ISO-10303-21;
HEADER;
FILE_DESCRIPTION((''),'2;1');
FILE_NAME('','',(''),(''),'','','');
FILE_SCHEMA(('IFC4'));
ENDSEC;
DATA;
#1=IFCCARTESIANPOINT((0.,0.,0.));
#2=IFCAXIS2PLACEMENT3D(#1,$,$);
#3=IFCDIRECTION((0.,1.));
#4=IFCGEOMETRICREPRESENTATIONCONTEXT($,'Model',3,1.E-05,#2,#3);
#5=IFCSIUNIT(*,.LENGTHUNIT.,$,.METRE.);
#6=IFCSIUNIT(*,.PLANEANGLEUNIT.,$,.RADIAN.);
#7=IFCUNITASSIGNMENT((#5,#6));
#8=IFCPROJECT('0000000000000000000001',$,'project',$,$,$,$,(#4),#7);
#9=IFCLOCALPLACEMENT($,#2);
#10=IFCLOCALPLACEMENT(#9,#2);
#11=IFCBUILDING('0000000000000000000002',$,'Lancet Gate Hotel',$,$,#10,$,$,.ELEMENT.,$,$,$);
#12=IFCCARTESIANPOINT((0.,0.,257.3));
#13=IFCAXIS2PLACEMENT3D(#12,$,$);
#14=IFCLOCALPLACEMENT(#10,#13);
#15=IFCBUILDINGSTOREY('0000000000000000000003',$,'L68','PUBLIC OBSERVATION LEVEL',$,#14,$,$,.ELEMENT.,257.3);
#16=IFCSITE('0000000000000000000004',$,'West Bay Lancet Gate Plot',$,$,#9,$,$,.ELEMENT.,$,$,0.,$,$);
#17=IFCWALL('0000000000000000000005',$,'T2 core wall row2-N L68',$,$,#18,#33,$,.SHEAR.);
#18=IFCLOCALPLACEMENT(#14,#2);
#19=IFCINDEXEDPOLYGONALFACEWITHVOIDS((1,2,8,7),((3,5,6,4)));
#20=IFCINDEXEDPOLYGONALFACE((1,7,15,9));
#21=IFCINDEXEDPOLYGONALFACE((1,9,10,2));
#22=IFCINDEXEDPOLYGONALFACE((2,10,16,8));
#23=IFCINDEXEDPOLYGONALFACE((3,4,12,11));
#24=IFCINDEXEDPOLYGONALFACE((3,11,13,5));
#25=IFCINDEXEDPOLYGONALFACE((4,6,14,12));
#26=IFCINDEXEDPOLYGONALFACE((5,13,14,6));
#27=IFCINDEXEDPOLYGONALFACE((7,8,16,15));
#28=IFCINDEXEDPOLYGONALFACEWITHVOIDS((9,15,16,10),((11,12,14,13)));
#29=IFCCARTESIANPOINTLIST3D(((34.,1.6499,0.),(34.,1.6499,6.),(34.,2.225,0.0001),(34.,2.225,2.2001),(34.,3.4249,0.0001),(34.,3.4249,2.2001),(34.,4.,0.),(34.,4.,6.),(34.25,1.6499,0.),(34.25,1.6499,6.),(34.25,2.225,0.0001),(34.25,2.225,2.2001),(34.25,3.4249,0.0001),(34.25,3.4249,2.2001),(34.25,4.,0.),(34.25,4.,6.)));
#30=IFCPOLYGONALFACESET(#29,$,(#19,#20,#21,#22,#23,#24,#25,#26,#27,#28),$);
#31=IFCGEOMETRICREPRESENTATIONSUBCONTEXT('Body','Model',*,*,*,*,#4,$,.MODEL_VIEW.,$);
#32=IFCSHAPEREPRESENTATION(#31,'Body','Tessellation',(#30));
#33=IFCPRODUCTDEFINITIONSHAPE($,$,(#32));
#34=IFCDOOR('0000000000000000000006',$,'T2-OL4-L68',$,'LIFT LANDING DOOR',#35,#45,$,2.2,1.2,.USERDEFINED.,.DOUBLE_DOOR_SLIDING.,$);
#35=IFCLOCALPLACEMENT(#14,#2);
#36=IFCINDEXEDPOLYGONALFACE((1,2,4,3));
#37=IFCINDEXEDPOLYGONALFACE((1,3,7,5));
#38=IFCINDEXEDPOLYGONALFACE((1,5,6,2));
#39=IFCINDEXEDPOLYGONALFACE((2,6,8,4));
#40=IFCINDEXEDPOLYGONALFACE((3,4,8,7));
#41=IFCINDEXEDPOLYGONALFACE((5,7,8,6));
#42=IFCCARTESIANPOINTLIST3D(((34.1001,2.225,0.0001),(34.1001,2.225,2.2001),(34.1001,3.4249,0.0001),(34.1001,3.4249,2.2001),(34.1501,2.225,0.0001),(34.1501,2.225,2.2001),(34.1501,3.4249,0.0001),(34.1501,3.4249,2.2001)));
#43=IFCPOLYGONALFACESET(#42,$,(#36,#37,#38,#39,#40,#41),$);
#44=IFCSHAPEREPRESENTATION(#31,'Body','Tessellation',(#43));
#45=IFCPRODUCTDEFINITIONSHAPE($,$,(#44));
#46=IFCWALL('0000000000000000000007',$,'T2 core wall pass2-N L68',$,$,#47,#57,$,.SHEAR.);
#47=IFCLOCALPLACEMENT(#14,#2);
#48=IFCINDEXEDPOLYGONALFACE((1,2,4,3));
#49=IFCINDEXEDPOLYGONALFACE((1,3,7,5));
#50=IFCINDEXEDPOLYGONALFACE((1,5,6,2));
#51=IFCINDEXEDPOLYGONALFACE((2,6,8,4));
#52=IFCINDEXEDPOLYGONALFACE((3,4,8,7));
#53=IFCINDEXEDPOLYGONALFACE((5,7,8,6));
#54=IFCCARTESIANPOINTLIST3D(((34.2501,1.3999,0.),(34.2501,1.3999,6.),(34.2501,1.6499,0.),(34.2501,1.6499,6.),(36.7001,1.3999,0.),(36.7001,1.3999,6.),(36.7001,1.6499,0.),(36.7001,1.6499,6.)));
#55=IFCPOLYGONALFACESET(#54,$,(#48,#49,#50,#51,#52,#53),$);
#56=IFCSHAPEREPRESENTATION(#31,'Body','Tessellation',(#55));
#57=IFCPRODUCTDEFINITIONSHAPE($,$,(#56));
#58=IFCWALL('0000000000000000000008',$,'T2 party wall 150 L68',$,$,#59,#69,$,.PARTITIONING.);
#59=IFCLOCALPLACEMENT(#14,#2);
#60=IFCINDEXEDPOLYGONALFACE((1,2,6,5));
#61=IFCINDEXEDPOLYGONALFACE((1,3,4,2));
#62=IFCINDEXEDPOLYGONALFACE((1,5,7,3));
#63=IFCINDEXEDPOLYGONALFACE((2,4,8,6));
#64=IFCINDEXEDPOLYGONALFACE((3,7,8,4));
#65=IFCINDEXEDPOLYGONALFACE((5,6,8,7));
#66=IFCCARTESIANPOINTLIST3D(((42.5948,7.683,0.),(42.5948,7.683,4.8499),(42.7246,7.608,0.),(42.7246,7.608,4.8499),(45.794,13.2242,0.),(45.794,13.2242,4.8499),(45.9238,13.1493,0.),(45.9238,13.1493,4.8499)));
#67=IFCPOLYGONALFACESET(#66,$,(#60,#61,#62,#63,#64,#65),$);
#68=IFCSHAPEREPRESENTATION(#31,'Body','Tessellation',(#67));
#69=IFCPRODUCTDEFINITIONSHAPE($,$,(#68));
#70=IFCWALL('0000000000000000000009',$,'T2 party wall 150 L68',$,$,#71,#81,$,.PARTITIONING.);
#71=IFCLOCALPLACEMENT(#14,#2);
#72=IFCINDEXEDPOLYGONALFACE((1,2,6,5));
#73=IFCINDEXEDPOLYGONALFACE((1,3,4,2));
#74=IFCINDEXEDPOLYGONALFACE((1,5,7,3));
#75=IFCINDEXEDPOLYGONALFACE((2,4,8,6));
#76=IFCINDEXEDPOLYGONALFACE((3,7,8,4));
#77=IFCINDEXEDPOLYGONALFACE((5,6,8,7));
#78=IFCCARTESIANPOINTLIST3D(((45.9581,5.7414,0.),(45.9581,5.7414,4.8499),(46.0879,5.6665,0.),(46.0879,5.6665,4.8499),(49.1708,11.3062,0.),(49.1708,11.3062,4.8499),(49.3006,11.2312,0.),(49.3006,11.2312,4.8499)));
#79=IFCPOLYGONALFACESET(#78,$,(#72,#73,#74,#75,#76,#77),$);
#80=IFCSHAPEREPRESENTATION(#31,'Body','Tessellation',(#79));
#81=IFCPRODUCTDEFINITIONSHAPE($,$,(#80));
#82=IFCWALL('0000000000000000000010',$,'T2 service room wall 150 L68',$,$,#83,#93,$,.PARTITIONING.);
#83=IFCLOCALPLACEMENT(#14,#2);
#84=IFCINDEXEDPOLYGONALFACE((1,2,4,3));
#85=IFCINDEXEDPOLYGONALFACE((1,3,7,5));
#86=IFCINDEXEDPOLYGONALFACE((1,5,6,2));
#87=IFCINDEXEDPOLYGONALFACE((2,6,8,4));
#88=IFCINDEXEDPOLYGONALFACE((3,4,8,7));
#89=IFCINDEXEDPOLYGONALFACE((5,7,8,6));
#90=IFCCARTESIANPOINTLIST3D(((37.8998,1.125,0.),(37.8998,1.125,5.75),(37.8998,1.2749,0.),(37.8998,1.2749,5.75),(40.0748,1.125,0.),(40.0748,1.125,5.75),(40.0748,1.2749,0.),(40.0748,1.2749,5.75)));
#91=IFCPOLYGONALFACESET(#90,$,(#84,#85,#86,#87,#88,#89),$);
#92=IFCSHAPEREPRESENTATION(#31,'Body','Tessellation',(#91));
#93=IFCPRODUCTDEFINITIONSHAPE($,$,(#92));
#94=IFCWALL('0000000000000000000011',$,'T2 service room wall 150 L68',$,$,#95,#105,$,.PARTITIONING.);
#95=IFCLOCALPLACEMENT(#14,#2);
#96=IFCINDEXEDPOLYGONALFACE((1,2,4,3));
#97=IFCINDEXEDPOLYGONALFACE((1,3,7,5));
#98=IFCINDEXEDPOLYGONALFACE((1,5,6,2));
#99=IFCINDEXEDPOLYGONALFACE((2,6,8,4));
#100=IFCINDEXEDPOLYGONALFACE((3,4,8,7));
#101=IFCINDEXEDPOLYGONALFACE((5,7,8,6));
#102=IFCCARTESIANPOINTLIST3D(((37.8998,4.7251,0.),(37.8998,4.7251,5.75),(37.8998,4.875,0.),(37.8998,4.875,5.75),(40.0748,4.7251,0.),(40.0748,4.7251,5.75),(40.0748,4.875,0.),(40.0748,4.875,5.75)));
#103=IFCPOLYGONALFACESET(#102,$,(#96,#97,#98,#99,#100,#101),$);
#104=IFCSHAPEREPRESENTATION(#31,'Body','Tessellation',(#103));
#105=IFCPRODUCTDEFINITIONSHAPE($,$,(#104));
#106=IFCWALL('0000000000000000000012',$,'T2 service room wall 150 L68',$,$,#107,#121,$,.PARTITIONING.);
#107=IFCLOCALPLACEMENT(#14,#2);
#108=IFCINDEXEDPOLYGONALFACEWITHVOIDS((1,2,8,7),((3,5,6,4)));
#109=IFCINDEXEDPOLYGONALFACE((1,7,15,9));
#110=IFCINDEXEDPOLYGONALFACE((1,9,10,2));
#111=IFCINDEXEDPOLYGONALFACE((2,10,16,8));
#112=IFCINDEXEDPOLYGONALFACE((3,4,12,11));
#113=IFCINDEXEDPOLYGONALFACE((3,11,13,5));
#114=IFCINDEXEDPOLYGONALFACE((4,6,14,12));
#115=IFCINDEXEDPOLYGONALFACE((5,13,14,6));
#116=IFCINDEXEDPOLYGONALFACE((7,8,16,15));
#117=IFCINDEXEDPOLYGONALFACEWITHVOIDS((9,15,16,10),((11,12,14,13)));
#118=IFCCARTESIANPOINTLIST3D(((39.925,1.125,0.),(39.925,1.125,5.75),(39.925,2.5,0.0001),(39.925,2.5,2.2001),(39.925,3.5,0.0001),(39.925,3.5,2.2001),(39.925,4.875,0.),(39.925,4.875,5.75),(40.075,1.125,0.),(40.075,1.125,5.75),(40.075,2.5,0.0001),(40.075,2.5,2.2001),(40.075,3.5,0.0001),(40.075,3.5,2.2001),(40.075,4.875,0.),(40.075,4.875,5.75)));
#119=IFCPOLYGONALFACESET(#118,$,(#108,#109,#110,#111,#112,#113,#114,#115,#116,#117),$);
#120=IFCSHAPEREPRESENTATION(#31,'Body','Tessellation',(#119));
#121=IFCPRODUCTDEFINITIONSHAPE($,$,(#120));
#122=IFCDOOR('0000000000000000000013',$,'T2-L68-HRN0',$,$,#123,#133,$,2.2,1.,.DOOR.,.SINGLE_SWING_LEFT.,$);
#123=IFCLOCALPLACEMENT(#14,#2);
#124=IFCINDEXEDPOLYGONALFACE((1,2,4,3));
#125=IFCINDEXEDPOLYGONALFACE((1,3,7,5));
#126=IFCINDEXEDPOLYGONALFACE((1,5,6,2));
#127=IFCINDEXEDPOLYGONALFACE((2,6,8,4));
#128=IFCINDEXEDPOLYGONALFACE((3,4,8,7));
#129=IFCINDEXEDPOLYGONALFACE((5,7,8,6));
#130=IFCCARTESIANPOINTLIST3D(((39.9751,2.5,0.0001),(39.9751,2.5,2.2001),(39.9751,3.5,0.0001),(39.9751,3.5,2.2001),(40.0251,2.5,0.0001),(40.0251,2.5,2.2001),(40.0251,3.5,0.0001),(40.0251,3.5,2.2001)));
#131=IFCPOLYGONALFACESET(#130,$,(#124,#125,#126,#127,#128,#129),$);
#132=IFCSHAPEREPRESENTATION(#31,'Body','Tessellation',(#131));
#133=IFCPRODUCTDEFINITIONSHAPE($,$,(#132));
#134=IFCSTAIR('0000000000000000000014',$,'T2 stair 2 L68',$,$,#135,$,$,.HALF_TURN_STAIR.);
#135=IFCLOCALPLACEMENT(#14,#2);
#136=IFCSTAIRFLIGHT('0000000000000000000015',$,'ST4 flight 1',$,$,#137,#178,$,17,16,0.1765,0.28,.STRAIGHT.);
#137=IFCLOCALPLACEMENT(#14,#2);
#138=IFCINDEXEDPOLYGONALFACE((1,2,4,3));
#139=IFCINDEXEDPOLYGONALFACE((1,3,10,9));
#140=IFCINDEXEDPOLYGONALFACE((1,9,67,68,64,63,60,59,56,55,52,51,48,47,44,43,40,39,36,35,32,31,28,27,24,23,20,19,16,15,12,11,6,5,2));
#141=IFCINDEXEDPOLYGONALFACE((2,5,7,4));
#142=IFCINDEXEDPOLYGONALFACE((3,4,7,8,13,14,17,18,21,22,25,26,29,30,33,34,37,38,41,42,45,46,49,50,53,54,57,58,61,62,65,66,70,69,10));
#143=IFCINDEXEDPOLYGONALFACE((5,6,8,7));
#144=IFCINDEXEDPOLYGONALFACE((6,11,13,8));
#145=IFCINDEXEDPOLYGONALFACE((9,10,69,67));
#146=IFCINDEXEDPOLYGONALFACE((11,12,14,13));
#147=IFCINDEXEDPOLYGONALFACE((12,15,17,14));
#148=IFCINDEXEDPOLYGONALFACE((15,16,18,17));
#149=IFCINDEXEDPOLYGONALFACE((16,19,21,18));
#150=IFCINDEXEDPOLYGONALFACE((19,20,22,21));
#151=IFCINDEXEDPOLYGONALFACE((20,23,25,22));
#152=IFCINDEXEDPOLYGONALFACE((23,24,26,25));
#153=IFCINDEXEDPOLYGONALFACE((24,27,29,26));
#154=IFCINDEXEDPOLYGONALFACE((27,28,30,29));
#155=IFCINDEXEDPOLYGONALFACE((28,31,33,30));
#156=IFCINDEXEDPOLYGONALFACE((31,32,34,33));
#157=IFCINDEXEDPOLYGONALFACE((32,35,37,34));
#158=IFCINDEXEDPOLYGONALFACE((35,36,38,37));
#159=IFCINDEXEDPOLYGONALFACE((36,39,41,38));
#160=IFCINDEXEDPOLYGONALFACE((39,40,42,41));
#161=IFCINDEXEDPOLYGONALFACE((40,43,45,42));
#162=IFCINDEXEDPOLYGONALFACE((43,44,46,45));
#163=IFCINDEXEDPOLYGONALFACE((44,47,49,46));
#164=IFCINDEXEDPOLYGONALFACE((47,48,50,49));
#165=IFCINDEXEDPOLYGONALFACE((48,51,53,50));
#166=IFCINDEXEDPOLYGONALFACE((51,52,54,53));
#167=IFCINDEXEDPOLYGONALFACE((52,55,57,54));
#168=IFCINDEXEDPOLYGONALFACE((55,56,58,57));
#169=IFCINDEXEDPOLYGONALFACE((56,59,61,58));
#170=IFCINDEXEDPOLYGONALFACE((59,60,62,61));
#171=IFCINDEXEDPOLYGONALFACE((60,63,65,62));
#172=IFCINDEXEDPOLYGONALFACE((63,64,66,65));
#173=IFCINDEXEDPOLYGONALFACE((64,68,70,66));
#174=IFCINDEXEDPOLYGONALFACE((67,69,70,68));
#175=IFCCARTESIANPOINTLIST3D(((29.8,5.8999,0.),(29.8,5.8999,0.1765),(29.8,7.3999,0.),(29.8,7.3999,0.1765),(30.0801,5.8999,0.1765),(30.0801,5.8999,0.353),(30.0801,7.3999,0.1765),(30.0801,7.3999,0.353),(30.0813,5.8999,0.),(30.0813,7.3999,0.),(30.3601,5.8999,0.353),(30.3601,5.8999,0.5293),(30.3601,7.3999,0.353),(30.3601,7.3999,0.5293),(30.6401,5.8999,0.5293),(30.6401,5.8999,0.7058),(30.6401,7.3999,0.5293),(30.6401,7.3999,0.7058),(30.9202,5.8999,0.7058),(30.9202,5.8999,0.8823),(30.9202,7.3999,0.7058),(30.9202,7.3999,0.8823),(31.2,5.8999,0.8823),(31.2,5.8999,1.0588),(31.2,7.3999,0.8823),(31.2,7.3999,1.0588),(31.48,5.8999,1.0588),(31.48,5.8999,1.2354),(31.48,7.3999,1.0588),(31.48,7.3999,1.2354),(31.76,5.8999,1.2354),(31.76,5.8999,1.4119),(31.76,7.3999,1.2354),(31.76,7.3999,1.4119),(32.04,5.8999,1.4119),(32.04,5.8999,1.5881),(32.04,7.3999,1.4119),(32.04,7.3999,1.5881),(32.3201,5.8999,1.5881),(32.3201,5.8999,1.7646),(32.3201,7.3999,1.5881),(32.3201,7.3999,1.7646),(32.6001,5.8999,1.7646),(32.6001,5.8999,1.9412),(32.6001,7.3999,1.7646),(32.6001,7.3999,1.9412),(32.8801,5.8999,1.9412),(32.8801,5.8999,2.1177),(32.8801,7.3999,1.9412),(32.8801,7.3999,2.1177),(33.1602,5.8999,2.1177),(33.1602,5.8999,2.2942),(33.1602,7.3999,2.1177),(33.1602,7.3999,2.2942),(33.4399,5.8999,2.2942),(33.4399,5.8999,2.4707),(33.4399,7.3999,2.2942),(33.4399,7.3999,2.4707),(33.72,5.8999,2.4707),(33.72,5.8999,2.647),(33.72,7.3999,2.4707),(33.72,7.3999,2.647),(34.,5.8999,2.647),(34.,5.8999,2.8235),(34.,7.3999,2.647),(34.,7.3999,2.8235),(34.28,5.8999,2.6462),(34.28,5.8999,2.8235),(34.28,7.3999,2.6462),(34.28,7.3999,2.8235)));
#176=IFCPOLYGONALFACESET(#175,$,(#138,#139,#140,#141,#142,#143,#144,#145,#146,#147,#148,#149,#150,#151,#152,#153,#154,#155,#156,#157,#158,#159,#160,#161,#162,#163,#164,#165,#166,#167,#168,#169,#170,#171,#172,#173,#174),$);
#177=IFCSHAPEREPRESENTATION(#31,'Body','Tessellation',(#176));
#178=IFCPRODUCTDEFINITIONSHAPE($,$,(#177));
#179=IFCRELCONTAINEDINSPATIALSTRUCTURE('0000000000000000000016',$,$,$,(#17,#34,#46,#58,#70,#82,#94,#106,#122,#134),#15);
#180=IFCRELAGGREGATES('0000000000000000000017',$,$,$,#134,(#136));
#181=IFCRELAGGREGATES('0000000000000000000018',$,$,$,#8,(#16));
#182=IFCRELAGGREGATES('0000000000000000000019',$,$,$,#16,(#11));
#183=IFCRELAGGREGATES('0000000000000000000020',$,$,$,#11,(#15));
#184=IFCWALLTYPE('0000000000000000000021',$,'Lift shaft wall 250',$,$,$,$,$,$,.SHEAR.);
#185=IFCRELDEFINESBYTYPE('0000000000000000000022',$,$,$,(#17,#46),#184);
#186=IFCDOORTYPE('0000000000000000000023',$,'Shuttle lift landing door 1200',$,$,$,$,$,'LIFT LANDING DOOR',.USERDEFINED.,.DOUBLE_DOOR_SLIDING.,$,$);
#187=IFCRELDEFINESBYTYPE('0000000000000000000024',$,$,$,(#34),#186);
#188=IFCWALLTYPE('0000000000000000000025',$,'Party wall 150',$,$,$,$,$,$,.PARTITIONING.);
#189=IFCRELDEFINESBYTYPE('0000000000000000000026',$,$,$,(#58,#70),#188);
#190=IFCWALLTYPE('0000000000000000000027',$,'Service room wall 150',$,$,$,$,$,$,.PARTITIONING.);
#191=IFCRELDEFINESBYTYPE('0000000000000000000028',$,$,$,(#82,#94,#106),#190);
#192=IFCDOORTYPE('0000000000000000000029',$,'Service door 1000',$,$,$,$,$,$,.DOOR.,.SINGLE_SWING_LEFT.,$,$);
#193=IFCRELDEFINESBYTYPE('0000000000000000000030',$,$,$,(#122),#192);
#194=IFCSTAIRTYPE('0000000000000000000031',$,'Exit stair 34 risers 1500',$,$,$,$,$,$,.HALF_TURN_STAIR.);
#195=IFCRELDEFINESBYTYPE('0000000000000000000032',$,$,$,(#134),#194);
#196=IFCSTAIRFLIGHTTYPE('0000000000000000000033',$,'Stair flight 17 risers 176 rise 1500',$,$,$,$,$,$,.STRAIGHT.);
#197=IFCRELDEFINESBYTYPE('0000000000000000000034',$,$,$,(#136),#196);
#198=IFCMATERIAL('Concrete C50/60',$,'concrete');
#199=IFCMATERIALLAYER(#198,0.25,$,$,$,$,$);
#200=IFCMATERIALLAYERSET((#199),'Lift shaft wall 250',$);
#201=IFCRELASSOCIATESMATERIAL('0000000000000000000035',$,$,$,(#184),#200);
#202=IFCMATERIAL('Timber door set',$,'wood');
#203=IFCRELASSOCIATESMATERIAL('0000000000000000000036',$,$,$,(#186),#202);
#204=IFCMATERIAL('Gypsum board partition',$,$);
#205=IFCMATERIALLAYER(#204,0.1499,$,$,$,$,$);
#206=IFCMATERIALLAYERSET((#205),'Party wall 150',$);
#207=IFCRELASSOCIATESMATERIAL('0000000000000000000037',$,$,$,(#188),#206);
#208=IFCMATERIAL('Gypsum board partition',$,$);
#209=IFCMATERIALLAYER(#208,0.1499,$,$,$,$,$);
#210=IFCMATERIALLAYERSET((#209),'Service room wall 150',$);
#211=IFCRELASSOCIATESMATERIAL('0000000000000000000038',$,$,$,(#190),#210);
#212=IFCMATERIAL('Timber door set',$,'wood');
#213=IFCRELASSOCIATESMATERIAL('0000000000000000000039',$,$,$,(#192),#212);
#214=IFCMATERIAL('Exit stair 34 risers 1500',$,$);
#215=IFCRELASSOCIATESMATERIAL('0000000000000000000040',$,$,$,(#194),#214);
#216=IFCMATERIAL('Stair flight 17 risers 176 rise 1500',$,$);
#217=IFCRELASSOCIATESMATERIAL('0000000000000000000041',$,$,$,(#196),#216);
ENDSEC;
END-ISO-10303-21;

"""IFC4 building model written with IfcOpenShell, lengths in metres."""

from ifc_helpers import new_model, si_unit, direction, frame, frame_2d, origin, place, context, subcontext, project, spatial, polyline, rectangle, outline, extrude, material, layer, layer_set, type_object, element, fill, aggregate, save


model = new_model("IFC4")

# Units and contexts
model_context = context("Model", 3, precision=1e-05, world=origin(), true_north=direction((0.0, 1.0)))
body_context = subcontext(model_context, "Body", "Model", "MODEL_VIEW")
ifc_project = project(units=[si_unit("LENGTHUNIT", "METRE"), si_unit("PLANEANGLEUNIT", "RADIAN")], contexts=[model_context])

# Site, building, storey
site_placement = place(None, origin())
site = spatial("IfcSite", under=ifc_project, at=site_placement, Name="West Bay Lancet Gate Plot", CompositionType="ELEMENT", RefElevation=0.0)
building_placement = place(site_placement, origin())
building = spatial("IfcBuilding", under=site, at=building_placement, Name="Lancet Gate Hotel", CompositionType="ELEMENT")
storey_placement = place(building_placement, frame((0.0, 0.0, 257.3)))
storey = spatial("IfcBuildingStorey", under=building, at=storey_placement, Name="L68", Description="PUBLIC OBSERVATION LEVEL", CompositionType="ELEMENT", Elevation=257.3)

# Wall, opening, door
ifc_material_1 = material(Name="Concrete C50/60", Category="concrete")
ifc_layer_1 = layer(ifc_material_1, 0.25)
ifc_layer_set_1 = layer_set([ifc_layer_1], Name="Lift shaft wall 250")
wall_type_1 = type_object("IfcWallType", Name="Lift shaft wall 250", PredefinedType="SHEAR", material=ifc_layer_set_1)
wall_1_placement = place(storey_placement, frame((34.125, 1.6499, 0.0), z_axis=(0.0, 0.0, 1.0), x_axis=(0.0, 1.0, 0.0)))
wall_1 = element("IfcWall", 1, at=wall_1_placement, inside=storey, type_object=wall_type_1, Name="T2 core wall row2-N L68", PredefinedType="SHEAR", context=body_context, shape_type="SweptSolid", body=[
    extrude(rectangle(XDim=2.3501, YDim=0.25, at=frame_2d((1.175, 0.0))), origin(), (0.0, 0.0, 1.0), 6.0),
])
opening_1_placement = place(wall_1_placement, frame((0.575, 0.0, 0.0)))
opening_1 = element("IfcOpeningElement", 2, at=opening_1_placement, cuts=wall_1, PredefinedType="OPENING", context=body_context, shape_type="SweptSolid", body=[
    extrude(rectangle(XDim=1.2, YDim=2.2, at=frame_2d((0.6001, 1.1001))), frame((0.0, 0.135, 0.0), z_axis=(0.0, -1.0, 0.0), x_axis=(1.0, 0.0, 0.0)), (0.0, 0.0, 1.0), 0.27),
])
ifc_material_2 = material(Name="Timber door set", Category="wood")
door_type_1 = type_object("IfcDoorType", Name="Shuttle lift landing door 1200", ElementType="LIFT LANDING DOOR", OperationType="DOUBLE_DOOR_SLIDING", PredefinedType="USERDEFINED", material=ifc_material_2)
door_1_placement = place(opening_1_placement, origin())
door_1 = element("IfcDoor", 3, at=door_1_placement, inside=storey, type_object=door_type_1, Name="T2-OL4-L68", ObjectType="LIFT LANDING DOOR", OperationType="DOUBLE_DOOR_SLIDING", OverallHeight=2.2, OverallWidth=1.2, PredefinedType="USERDEFINED", context=body_context, shape_type="SweptSolid", body=[
    extrude(rectangle(XDim=1.2, YDim=2.2, at=frame_2d((0.6001, 1.1001))), frame((0.0, 0.0249, 0.0), z_axis=(0.0, -1.0, 0.0), x_axis=(1.0, 0.0, 0.0)), (0.0, 0.0, 1.0), 0.05),
])
fill(opening_1, door_1)

# Walls
wall_2_placement = place(storey_placement, frame((34.25, 1.5249, 0.0), z_axis=(0.0, 0.0, 1.0), x_axis=(1.0, 0.0, 0.0)))
element("IfcWall", 4, at=wall_2_placement, inside=storey, type_object=wall_type_1, Name="T2 core wall pass2-N L68", PredefinedType="SHEAR", context=body_context, shape_type="SweptSolid", body=[
    extrude(rectangle(XDim=2.45, YDim=0.25, at=frame_2d((1.2251, 0.0))), origin(), (0.0, 0.0, 1.0), 6.0),
])
ifc_material_3 = material(Name="Gypsum board partition")
ifc_layer_2 = layer(ifc_material_3, 0.1499)
ifc_layer_set_2 = layer_set([ifc_layer_2], Name="Party wall 150")
wall_type_2 = type_object("IfcWallType", Name="Party wall 150", PredefinedType="PARTITIONING", material=ifc_layer_set_2)
wall_3_placement = place(storey_placement, frame((42.6597, 7.6455, 0.0), z_axis=(0.0, 0.0, 1.0), x_axis=(0.499997, 0.866027, 0.0)))
element("IfcWall", 5, at=wall_3_placement, inside=storey, type_object=wall_type_2, Name="T2 party wall 150 L68", PredefinedType="PARTITIONING", context=body_context, shape_type="SweptSolid", body=[
    extrude(rectangle(XDim=6.3984, YDim=0.1499, at=frame_2d((3.1992, 0.0))), origin(), (0.0, 0.0, 1.0), 4.8499),
])
wall_4_placement = place(storey_placement, frame((46.0229, 5.7039, 0.0), z_axis=(0.0, 0.0, 1.0), x_axis=(0.499984, 0.866034, 0.0)))
element("IfcWall", 6, at=wall_4_placement, inside=storey, type_object=wall_type_2, Name="T2 party wall 150 L68", PredefinedType="PARTITIONING", context=body_context, shape_type="SweptSolid", body=[
    extrude(rectangle(XDim=6.4255, YDim=0.1499, at=frame_2d((3.2129, 0.0))), origin(), (0.0, 0.0, 1.0), 4.8499),
])
ifc_material_4 = material(Name="Gypsum board partition")
ifc_layer_3 = layer(ifc_material_4, 0.1499)
ifc_layer_set_3 = layer_set([ifc_layer_3], Name="Service room wall 150")
wall_type_3 = type_object("IfcWallType", Name="Service room wall 150", PredefinedType="PARTITIONING", material=ifc_layer_set_3)
for number, where, z_axis, x_axis, name in (
    (7, (37.8999, 1.2, 0.0), (0.0, 0.0, 1.0), (1.0, 0.0, 0.0), "T2 service room wall 150 L68"),
    (8, (37.8999, 4.8, 0.0), (0.0, 0.0, 1.0), (1.0, 0.0, 0.0), "T2 service room wall 150 L68"),
):
    element("IfcWall", number, at=place(storey_placement, frame(where, z_axis=z_axis, x_axis=x_axis)), inside=storey, type_object=wall_type_3, Name=name, PredefinedType="PARTITIONING", context=body_context, shape_type="SweptSolid", body=[
        extrude(rectangle(XDim=2.175, YDim=0.1499, at=frame_2d((1.0874, 0.0))), origin(), (0.0, 0.0, 1.0), 5.75),
    ])

# Wall, opening, door
wall_5_placement = place(storey_placement, frame((40.0, 1.125, 0.0), z_axis=(0.0, 0.0, 1.0), x_axis=(0.0, 1.0, 0.0)))
wall_5 = element("IfcWall", 9, at=wall_5_placement, inside=storey, type_object=wall_type_3, Name="T2 service room wall 150 L68", PredefinedType="PARTITIONING", context=body_context, shape_type="SweptSolid", body=[
    extrude(rectangle(XDim=3.75, YDim=0.1499, at=frame_2d((1.875, 0.0))), origin(), (0.0, 0.0, 1.0), 5.75),
])
opening_2_placement = place(wall_5_placement, frame((1.375, 0.0, 0.0)))
opening_2 = element("IfcOpeningElement", 10, at=opening_2_placement, cuts=wall_5, PredefinedType="OPENING", context=body_context, shape_type="SweptSolid", body=[
    extrude(rectangle(XDim=1.0, YDim=2.2, at=frame_2d((0.5, 1.1001))), frame((0.0, 0.085, 0.0), z_axis=(0.0, -1.0, 0.0), x_axis=(1.0, 0.0, 0.0)), (0.0, 0.0, 1.0), 0.1699),
])
ifc_material_5 = material(Name="Timber door set", Category="wood")
door_type_2 = type_object("IfcDoorType", Name="Service door 1000", OperationType="SINGLE_SWING_LEFT", PredefinedType="DOOR", material=ifc_material_5)
door_2_placement = place(opening_2_placement, origin())
door_2 = element("IfcDoor", 11, at=door_2_placement, inside=storey, type_object=door_type_2, Name="T2-L68-HRN0", OperationType="SINGLE_SWING_LEFT", OverallHeight=2.2, OverallWidth=1.0, PredefinedType="DOOR", context=body_context, shape_type="SweptSolid", body=[
    extrude(rectangle(XDim=1.0, YDim=2.2, at=frame_2d((0.5, 1.1001))), frame((0.0, 0.0249, 0.0), z_axis=(0.0, -1.0, 0.0), x_axis=(1.0, 0.0, 0.0)), (0.0, 0.0, 1.0), 0.05),
])
fill(opening_2, door_2)

# Stair, stair flight
ifc_material_6 = material(Name="Exit stair 34 risers 1500")
stair_type = type_object("IfcStairType", Name="Exit stair 34 risers 1500", PredefinedType="HALF_TURN_STAIR", material=ifc_material_6)
stair_placement = place(storey_placement, origin())
stair = element("IfcStair", 12, at=stair_placement, inside=storey, type_object=stair_type, Name="T2 stair 2 L68", PredefinedType="HALF_TURN_STAIR")
ifc_material_7 = material(Name="Stair flight 17 risers 176 rise 1500")
stair_flight_type = type_object("IfcStairFlightType", Name="Stair flight 17 risers 176 rise 1500", PredefinedType="STRAIGHT", material=ifc_material_7)
stair_flight_1_placement = place(storey_placement, frame((29.8, 6.6499, 0.0), z_axis=(0.0, 0.0, 1.0), x_axis=(1.0, 0.0, 0.0)))
stair_flight_1 = element("IfcStairFlight", 13, at=stair_flight_1_placement, type_object=stair_flight_type, Name="ST4 flight 1", NumberOfRisers=17, NumberOfTreads=16, PredefinedType="STRAIGHT", RiserHeight=0.1765, TreadLength=0.28, context=body_context, shape_type="SweptSolid", body=[
    extrude(outline(polyline([(0.0, 0.0), (0.0, 0.1765), (0.28, 0.1765), (0.28, 0.353), (0.5601, 0.353), (0.5601, 0.5293), (0.8401, 0.5293), (0.8401, 0.7058), (1.1201, 0.7058), (1.1201, 0.8823), (1.3999, 0.8823), (1.3999, 1.0588), (1.6799, 1.0588), (1.6799, 1.2354), (1.96, 1.2354), (1.96, 1.4119), (2.24, 1.4119), (2.24, 1.5881), (2.52, 1.5881), (2.52, 1.7646), (2.8, 1.7646), (2.8, 1.9412), (3.0801, 1.9412), (3.0801, 2.1177), (3.3601, 2.1177), (3.3601, 2.2942), (3.6399, 2.2942), (3.6399, 2.4707), (3.9199, 2.4707), (3.9199, 2.647), (4.2, 2.647), (4.2, 2.8235), (4.48, 2.8235), (4.48, 3.0), (4.48, 2.6462), (0.2812, 0.0), (0.0, 0.0)])), frame((0.0, 0.75, 0.0), z_axis=(0.0, -1.0, 0.0), x_axis=(1.0, 0.0, 0.0)), (0.0, 0.0, 1.0), 1.5),
])
aggregate(stair, [stair_flight_1])

save(model, "model.ifc")
